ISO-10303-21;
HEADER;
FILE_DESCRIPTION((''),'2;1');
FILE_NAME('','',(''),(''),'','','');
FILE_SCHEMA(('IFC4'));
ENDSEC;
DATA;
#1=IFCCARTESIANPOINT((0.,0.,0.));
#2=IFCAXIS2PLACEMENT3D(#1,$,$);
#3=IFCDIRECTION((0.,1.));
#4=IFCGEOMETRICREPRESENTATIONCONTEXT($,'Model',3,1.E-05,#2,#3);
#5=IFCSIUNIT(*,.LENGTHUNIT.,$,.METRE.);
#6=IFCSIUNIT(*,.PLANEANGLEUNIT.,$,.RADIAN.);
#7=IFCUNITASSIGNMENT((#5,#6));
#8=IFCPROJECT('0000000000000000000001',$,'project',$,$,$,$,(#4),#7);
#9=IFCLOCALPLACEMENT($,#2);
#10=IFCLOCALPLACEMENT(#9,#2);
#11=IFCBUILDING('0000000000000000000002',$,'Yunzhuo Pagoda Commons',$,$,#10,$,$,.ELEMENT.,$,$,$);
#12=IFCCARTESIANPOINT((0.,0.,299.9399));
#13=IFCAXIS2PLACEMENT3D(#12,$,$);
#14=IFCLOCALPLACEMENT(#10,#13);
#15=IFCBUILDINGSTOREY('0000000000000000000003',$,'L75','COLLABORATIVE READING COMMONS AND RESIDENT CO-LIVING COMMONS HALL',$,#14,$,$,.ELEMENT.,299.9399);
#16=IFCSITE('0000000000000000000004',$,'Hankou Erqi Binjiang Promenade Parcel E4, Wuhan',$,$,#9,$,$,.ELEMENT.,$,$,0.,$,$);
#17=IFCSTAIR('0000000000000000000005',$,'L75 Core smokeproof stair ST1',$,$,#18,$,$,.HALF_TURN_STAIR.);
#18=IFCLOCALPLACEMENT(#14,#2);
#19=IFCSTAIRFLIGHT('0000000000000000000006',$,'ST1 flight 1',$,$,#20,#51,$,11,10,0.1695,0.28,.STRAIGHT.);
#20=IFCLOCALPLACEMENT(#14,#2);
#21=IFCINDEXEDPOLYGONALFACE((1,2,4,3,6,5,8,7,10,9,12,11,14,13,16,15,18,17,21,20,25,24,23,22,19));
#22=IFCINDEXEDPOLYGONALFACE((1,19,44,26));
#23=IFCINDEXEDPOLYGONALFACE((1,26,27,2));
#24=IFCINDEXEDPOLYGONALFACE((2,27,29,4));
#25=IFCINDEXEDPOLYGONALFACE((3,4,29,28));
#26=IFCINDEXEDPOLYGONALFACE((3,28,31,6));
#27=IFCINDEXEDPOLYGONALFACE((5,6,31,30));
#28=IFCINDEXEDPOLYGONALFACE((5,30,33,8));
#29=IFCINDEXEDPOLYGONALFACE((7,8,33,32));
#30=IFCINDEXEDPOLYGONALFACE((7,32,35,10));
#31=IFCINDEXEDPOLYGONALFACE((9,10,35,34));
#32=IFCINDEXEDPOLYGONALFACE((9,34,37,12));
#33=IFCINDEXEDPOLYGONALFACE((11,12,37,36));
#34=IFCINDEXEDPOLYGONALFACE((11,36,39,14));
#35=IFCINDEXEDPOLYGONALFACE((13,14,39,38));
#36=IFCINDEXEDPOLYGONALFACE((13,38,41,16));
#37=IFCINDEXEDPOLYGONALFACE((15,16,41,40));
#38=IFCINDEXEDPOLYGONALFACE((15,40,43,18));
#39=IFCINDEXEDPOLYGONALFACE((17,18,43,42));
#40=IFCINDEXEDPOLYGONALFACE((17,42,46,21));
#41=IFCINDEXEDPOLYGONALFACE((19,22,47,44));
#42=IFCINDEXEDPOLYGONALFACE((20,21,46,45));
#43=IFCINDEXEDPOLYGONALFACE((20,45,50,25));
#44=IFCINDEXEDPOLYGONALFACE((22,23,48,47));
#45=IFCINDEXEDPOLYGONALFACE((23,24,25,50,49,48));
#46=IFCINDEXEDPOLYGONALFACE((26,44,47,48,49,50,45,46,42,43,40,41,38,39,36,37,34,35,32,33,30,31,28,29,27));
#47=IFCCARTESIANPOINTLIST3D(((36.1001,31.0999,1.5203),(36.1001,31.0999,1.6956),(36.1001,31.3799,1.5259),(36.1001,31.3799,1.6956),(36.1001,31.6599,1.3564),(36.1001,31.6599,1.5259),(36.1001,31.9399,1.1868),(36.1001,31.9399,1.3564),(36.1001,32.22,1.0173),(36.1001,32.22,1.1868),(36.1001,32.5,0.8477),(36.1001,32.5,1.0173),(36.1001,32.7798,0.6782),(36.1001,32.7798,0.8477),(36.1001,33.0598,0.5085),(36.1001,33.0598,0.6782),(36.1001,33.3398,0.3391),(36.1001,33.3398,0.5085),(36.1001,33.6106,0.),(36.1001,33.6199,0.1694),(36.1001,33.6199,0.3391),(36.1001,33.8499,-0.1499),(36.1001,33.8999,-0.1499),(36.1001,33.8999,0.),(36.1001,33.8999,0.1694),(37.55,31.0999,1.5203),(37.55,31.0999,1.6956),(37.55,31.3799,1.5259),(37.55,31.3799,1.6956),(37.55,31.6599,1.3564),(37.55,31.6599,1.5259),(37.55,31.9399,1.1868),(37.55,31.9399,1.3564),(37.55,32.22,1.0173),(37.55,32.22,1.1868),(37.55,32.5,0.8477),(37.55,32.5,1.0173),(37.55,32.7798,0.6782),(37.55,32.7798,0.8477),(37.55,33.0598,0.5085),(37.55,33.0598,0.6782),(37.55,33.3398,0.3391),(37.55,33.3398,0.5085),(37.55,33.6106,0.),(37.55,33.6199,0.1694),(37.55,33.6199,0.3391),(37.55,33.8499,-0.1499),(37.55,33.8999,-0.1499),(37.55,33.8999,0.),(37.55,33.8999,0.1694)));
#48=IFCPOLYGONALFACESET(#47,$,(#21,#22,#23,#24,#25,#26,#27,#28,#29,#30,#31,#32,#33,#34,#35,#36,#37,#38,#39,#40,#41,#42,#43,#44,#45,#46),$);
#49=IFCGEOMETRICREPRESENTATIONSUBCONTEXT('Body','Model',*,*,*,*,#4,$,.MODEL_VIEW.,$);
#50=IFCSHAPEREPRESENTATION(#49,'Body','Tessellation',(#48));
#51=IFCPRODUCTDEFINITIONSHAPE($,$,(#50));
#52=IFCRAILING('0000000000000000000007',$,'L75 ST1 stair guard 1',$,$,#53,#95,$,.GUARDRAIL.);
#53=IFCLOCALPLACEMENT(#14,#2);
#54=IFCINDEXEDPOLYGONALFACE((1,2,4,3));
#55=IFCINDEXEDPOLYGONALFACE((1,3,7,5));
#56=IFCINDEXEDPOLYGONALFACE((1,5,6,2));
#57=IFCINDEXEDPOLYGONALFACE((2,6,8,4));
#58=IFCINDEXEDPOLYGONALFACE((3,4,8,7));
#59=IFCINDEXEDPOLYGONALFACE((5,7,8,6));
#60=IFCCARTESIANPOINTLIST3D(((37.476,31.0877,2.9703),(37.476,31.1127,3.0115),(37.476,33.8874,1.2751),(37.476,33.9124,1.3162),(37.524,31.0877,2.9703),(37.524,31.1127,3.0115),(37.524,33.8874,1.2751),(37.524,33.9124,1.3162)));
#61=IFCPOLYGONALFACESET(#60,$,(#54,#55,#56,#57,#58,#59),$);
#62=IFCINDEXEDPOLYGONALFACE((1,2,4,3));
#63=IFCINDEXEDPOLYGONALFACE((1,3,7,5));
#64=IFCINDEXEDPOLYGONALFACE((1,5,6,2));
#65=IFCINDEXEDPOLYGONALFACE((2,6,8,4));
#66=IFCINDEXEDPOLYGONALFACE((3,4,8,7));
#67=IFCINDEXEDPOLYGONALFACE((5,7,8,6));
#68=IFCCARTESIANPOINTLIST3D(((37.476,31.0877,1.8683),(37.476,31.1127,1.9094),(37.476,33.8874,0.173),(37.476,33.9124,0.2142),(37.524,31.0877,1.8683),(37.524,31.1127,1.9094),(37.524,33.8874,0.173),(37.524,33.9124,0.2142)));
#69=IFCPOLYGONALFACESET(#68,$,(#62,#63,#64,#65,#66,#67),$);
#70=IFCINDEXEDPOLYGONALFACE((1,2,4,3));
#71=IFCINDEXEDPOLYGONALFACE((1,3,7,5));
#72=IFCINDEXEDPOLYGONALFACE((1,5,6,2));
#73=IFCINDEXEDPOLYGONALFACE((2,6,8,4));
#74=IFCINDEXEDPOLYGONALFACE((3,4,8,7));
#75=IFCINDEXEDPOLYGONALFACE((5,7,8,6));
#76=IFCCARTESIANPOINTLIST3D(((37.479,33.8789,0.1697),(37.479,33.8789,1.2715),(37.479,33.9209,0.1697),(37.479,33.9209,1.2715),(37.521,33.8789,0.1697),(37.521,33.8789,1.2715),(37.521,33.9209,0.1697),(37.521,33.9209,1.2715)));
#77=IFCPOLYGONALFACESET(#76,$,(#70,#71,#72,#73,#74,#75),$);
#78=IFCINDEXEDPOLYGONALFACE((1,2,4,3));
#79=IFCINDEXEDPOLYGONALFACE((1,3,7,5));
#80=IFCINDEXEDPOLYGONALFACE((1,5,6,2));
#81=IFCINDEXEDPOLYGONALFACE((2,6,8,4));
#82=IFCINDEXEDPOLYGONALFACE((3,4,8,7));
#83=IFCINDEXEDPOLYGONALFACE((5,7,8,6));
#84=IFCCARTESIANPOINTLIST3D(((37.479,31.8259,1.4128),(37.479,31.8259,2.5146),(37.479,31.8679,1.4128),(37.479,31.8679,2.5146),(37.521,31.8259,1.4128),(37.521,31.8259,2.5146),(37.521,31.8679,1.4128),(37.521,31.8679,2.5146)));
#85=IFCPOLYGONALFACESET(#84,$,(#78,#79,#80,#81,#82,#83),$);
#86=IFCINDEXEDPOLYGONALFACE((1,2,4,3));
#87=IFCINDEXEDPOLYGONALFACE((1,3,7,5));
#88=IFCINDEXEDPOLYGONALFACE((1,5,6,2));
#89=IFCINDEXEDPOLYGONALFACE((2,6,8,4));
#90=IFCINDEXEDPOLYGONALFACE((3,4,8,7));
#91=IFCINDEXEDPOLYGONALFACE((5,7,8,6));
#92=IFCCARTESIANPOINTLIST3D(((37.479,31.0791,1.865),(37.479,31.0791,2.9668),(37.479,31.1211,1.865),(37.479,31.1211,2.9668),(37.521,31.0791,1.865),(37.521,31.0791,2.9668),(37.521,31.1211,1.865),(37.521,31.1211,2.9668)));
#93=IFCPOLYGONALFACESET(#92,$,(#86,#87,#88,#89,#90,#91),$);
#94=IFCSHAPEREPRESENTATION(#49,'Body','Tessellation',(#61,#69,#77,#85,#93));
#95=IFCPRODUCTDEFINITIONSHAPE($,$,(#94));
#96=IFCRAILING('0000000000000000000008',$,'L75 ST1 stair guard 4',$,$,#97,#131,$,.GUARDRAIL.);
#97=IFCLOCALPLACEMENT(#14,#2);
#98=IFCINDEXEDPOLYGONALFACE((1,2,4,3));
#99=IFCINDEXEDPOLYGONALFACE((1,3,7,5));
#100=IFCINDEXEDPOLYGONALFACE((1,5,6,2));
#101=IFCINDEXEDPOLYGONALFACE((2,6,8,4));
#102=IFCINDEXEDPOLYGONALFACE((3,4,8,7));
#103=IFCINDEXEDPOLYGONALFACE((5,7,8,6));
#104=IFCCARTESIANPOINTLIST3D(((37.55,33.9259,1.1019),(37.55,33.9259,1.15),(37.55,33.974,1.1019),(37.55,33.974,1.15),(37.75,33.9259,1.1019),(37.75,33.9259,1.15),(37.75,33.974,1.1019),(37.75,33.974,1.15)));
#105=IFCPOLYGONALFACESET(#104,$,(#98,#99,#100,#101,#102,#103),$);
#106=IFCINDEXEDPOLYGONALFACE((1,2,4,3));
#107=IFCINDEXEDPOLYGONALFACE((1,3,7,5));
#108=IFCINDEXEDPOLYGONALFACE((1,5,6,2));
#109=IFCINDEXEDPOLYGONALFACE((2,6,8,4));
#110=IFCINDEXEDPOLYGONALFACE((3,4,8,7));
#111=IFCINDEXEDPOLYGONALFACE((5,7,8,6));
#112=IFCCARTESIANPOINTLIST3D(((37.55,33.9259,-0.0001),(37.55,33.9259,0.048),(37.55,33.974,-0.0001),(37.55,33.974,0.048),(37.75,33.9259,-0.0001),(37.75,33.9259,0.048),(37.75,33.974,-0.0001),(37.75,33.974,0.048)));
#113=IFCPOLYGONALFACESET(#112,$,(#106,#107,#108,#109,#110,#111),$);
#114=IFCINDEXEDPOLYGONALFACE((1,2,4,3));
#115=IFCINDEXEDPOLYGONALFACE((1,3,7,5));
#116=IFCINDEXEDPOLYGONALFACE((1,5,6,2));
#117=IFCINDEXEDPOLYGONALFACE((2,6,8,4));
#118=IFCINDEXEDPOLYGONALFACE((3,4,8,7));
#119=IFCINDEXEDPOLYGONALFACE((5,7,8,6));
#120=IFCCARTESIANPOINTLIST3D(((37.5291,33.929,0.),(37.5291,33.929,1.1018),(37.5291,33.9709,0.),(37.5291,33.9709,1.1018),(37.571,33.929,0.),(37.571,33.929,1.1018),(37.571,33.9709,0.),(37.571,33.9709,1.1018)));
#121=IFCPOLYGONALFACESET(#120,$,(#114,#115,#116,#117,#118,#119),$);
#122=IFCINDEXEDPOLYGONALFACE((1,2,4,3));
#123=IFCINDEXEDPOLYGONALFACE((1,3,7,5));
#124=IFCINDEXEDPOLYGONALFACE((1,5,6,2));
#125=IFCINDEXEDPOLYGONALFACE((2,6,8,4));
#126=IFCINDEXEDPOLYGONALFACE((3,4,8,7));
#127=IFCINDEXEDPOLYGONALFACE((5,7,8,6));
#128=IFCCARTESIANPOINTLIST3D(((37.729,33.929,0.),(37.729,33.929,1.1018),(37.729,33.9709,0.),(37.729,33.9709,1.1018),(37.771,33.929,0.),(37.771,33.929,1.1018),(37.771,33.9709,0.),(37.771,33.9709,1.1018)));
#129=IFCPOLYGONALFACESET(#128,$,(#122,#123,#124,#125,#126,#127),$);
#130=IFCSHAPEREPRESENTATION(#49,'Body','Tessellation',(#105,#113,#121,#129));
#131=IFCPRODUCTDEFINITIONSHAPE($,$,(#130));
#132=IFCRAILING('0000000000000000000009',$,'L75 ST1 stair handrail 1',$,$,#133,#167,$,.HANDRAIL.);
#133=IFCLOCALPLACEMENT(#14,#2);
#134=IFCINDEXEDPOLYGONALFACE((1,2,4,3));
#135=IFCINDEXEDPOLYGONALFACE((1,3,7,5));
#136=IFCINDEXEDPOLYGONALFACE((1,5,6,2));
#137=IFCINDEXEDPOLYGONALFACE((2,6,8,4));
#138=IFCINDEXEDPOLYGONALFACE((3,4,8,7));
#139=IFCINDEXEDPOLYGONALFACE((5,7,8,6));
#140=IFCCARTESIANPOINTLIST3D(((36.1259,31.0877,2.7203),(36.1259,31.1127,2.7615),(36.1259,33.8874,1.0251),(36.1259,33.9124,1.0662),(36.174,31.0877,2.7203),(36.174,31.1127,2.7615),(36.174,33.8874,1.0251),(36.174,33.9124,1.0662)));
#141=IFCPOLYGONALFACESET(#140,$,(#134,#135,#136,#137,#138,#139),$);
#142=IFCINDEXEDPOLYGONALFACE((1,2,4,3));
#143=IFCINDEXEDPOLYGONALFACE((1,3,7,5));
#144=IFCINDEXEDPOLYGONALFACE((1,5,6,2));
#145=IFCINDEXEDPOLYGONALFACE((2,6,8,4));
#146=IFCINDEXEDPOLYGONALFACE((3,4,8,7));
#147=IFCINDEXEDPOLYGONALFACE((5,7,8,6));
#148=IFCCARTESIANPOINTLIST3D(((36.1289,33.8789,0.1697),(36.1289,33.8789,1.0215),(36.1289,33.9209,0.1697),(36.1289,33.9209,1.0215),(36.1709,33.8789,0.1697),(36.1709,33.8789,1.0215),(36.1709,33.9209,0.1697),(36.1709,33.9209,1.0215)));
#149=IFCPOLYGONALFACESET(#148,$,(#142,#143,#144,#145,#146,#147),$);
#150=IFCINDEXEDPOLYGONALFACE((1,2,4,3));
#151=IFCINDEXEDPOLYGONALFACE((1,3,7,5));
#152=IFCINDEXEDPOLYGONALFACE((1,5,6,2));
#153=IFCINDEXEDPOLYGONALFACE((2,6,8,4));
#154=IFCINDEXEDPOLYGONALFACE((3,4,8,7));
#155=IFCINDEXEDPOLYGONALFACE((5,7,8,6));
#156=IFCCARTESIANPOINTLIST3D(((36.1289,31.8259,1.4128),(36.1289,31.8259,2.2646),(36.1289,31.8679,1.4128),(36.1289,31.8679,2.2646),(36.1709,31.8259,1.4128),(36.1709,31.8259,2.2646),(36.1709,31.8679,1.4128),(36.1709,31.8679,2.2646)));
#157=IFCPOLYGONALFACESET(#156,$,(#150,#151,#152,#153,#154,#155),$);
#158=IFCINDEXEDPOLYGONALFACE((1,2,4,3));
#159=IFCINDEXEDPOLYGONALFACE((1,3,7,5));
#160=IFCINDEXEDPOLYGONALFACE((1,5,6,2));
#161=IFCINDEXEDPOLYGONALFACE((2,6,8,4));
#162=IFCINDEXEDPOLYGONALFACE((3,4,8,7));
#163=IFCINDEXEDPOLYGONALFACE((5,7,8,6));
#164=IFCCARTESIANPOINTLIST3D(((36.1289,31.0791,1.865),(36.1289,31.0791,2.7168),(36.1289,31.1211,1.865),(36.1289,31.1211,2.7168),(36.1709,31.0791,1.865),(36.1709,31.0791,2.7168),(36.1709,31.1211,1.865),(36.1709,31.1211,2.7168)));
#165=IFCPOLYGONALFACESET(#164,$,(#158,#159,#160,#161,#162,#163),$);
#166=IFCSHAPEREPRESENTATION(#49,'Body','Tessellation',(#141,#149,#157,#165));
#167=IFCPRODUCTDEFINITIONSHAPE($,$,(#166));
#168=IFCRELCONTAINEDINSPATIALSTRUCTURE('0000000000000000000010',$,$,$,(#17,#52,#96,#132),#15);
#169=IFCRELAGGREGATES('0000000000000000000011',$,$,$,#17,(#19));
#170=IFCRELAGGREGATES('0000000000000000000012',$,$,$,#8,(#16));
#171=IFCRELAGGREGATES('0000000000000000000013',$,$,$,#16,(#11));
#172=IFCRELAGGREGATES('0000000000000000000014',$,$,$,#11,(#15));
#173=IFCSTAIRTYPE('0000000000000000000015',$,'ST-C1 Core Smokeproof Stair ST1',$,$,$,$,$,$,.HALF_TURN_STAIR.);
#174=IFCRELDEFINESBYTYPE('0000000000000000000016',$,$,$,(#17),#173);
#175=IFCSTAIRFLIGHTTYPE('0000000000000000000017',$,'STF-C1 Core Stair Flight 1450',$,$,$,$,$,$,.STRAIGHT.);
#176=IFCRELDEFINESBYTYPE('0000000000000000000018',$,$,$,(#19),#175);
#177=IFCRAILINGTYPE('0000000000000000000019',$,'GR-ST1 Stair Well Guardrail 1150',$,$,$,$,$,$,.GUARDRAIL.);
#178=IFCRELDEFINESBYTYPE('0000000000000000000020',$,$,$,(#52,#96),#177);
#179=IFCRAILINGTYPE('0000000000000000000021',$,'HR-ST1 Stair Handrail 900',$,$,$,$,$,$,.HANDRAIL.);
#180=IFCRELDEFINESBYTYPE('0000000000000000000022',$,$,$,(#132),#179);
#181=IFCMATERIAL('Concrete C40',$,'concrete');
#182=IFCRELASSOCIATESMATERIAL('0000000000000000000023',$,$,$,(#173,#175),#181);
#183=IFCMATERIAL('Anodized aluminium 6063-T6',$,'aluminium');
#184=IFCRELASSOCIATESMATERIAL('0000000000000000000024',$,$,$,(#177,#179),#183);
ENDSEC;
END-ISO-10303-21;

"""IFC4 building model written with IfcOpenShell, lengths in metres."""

from ifc_helpers import new_model, si_unit, direction, frame, origin, origin_2d, place, context, subcontext, project, spatial, polyline, rectangle, outline, extrude, source, transform, mapped, material, type_object, element, aggregate, save


model = new_model("IFC4")

# Units and contexts
model_context = context("Model", 3, precision=1e-05, world=origin(), true_north=direction((0.0, 1.0)))
body_context = subcontext(model_context, "Body", "Model", "MODEL_VIEW")
ifc_project = project(units=[si_unit("LENGTHUNIT", "METRE"), si_unit("PLANEANGLEUNIT", "RADIAN")], contexts=[model_context])

# Site, building, storey
site_placement = place(None, origin())
site = spatial("IfcSite", under=ifc_project, at=site_placement, Name="Hankou Erqi Binjiang Promenade Parcel E4, Wuhan", CompositionType="ELEMENT", RefElevation=0.0)
building_placement = place(site_placement, origin())
building = spatial("IfcBuilding", under=site, at=building_placement, Name="Yunzhuo Pagoda Commons", CompositionType="ELEMENT")
storey_placement = place(building_placement, frame((0.0, 0.0, 299.9399)))
storey = spatial("IfcBuildingStorey", under=building, at=storey_placement, Name="L75", Description="COLLABORATIVE READING COMMONS AND RESIDENT CO-LIVING COMMONS HALL", CompositionType="ELEMENT", Elevation=299.9399)

# Shared definitions
ifc_material_1 = material(Name="Concrete C40", Category="concrete")

# Stair, stair flight
stair_type = type_object("IfcStairType", Name="ST-C1 Core Smokeproof Stair ST1", PredefinedType="HALF_TURN_STAIR", material=ifc_material_1)
stair_placement = place(storey_placement, origin())
stair = element("IfcStair", 1, at=stair_placement, inside=storey, type_object=stair_type, Name="L75 Core smokeproof stair ST1", PredefinedType="HALF_TURN_STAIR")
stair_flight_type = type_object("IfcStairFlightType", Name="STF-C1 Core Stair Flight 1450", PredefinedType="STRAIGHT", material=ifc_material_1)
shared_shape_1 = source(origin(), body_context, "Body", "SweptSolid", [
    extrude(outline(polyline([(0.0, -0.1499), (0.0, 0.0), (0.0, 0.1694), (0.28, 0.1694), (0.28, 0.3391), (0.5601, 0.3391), (0.5601, 0.5085), (0.8401, 0.5085), (0.8401, 0.6782), (1.1201, 0.6782), (1.1201, 0.8477), (1.3999, 0.8477), (1.3999, 1.0173), (1.6799, 1.0173), (1.6799, 1.1868), (1.96, 1.1868), (1.96, 1.3564), (2.24, 1.3564), (2.24, 1.5259), (2.52, 1.5259), (2.52, 1.6956), (2.8, 1.6956), (2.8, 1.865), (2.8, 1.5203), (0.2893, 0.0), (0.05, -0.1499), (0.0, -0.1499)])), frame((0.0, 0.7251, 0.0), z_axis=(0.0, -1.0, 0.0), x_axis=(1.0, 0.0, 0.0)), (0.0, 0.0, 1.0), 1.45),
])
stair_flight_placement = place(storey_placement, frame((36.825, 33.8999, 0.0), z_axis=(0.0, 0.0, 1.0), x_axis=(0.0, -1.0, 0.0)))
stair_flight = element("IfcStairFlight", 2, at=stair_flight_placement, type_object=stair_flight_type, Name="ST1 flight 1", NumberOfRisers=11, NumberOfTreads=10, PredefinedType="STRAIGHT", RiserHeight=0.1695, TreadLength=0.28, context=body_context, shape_type="MappedRepresentation", body=[
    mapped(shared_shape_1, transform((0.0, 0.0, 0.0), scale=1.0)),
])
aggregate(stair, [stair_flight])

# Railings
ifc_material_2 = material(Name="Anodized aluminium 6063-T6", Category="aluminium")
railing_type_1 = type_object("IfcRailingType", Name="GR-ST1 Stair Well Guardrail 1150", PredefinedType="GUARDRAIL", material=ifc_material_2)
railing_1_placement = place(storey_placement, frame((37.5, 33.8999, 0.1697)))
element("IfcRailing", 3, at=railing_1_placement, inside=storey, type_object=railing_type_1, Name="L75 ST1 stair guard 1", PredefinedType="GUARDRAIL", context=body_context, shape_type="SweptSolid", body=[
    extrude(rectangle(XDim=0.0481, YDim=0.0481, at=origin_2d()), frame((0.0, 0.0, 1.126), z_axis=(0.0, -0.855406, 0.517958), x_axis=(1.0, 0.0, 0.0)), (0.0, 0.0, 1.0), 3.2729),
    extrude(rectangle(XDim=0.0481, YDim=0.0481, at=origin_2d()), frame((0.0, 0.0, 0.0239), z_axis=(0.0, -0.855406, 0.517958), x_axis=(1.0, 0.0, 0.0)), (0.0, 0.0, 1.0), 3.2729),
    extrude(rectangle(XDim=0.042, YDim=0.042, at=origin_2d()), origin(), (0.0, 0.0, 1.0), 1.1018),
    extrude(rectangle(XDim=0.042, YDim=0.042, at=origin_2d()), frame((0.0, -2.053, 1.2432)), (0.0, 0.0, 1.0), 1.1018),
    extrude(rectangle(XDim=0.042, YDim=0.042, at=origin_2d()), frame((0.0, -2.7998, 1.6953)), (0.0, 0.0, 1.0), 1.1018),
])
railing_2_placement = place(storey_placement, frame((37.55, 33.95, 0.0)))
element("IfcRailing", 4, at=railing_2_placement, inside=storey, type_object=railing_type_1, Name="L75 ST1 stair guard 4", PredefinedType="GUARDRAIL", context=body_context, shape_type="SweptSolid", body=[
    extrude(rectangle(XDim=0.0481, YDim=0.0481, at=origin_2d()), frame((0.0, 0.0, 1.126), z_axis=(1.0, 0.0, 0.0), x_axis=(0.0, 1.0, 0.0)), (0.0, 0.0, 1.0), 0.2),
    extrude(rectangle(XDim=0.0481, YDim=0.0481, at=origin_2d()), frame((0.0, 0.0, 0.0239), z_axis=(1.0, 0.0, 0.0), x_axis=(0.0, 1.0, 0.0)), (0.0, 0.0, 1.0), 0.2),
    extrude(rectangle(XDim=0.042, YDim=0.042, at=origin_2d()), origin(), (0.0, 0.0, 1.0), 1.1018),
    extrude(rectangle(XDim=0.042, YDim=0.042, at=origin_2d()), frame((0.2, 0.0, 0.0)), (0.0, 0.0, 1.0), 1.1018),
])
railing_type_2 = type_object("IfcRailingType", Name="HR-ST1 Stair Handrail 900", PredefinedType="HANDRAIL", material=ifc_material_2)
railing_3_placement = place(storey_placement, frame((36.1499, 33.8999, 0.1697)))
element("IfcRailing", 5, at=railing_3_placement, inside=storey, type_object=railing_type_2, Name="L75 ST1 stair handrail 1", PredefinedType="HANDRAIL", context=body_context, shape_type="SweptSolid", body=[
    extrude(rectangle(XDim=0.0481, YDim=0.0481, at=origin_2d()), frame((0.0, 0.0, 0.876), z_axis=(0.0, -0.855406, 0.517958), x_axis=(1.0, 0.0, 0.0)), (0.0, 0.0, 1.0), 3.2729),
    extrude(rectangle(XDim=0.042, YDim=0.042, at=origin_2d()), origin(), (0.0, 0.0, 1.0), 0.8518),
    extrude(rectangle(XDim=0.042, YDim=0.042, at=origin_2d()), frame((0.0, -2.053, 1.2432)), (0.0, 0.0, 1.0), 0.8518),
    extrude(rectangle(XDim=0.042, YDim=0.042, at=origin_2d()), frame((0.0, -2.7998, 1.6953)), (0.0, 0.0, 1.0), 0.8518),
])

save(model, "model.ifc")
